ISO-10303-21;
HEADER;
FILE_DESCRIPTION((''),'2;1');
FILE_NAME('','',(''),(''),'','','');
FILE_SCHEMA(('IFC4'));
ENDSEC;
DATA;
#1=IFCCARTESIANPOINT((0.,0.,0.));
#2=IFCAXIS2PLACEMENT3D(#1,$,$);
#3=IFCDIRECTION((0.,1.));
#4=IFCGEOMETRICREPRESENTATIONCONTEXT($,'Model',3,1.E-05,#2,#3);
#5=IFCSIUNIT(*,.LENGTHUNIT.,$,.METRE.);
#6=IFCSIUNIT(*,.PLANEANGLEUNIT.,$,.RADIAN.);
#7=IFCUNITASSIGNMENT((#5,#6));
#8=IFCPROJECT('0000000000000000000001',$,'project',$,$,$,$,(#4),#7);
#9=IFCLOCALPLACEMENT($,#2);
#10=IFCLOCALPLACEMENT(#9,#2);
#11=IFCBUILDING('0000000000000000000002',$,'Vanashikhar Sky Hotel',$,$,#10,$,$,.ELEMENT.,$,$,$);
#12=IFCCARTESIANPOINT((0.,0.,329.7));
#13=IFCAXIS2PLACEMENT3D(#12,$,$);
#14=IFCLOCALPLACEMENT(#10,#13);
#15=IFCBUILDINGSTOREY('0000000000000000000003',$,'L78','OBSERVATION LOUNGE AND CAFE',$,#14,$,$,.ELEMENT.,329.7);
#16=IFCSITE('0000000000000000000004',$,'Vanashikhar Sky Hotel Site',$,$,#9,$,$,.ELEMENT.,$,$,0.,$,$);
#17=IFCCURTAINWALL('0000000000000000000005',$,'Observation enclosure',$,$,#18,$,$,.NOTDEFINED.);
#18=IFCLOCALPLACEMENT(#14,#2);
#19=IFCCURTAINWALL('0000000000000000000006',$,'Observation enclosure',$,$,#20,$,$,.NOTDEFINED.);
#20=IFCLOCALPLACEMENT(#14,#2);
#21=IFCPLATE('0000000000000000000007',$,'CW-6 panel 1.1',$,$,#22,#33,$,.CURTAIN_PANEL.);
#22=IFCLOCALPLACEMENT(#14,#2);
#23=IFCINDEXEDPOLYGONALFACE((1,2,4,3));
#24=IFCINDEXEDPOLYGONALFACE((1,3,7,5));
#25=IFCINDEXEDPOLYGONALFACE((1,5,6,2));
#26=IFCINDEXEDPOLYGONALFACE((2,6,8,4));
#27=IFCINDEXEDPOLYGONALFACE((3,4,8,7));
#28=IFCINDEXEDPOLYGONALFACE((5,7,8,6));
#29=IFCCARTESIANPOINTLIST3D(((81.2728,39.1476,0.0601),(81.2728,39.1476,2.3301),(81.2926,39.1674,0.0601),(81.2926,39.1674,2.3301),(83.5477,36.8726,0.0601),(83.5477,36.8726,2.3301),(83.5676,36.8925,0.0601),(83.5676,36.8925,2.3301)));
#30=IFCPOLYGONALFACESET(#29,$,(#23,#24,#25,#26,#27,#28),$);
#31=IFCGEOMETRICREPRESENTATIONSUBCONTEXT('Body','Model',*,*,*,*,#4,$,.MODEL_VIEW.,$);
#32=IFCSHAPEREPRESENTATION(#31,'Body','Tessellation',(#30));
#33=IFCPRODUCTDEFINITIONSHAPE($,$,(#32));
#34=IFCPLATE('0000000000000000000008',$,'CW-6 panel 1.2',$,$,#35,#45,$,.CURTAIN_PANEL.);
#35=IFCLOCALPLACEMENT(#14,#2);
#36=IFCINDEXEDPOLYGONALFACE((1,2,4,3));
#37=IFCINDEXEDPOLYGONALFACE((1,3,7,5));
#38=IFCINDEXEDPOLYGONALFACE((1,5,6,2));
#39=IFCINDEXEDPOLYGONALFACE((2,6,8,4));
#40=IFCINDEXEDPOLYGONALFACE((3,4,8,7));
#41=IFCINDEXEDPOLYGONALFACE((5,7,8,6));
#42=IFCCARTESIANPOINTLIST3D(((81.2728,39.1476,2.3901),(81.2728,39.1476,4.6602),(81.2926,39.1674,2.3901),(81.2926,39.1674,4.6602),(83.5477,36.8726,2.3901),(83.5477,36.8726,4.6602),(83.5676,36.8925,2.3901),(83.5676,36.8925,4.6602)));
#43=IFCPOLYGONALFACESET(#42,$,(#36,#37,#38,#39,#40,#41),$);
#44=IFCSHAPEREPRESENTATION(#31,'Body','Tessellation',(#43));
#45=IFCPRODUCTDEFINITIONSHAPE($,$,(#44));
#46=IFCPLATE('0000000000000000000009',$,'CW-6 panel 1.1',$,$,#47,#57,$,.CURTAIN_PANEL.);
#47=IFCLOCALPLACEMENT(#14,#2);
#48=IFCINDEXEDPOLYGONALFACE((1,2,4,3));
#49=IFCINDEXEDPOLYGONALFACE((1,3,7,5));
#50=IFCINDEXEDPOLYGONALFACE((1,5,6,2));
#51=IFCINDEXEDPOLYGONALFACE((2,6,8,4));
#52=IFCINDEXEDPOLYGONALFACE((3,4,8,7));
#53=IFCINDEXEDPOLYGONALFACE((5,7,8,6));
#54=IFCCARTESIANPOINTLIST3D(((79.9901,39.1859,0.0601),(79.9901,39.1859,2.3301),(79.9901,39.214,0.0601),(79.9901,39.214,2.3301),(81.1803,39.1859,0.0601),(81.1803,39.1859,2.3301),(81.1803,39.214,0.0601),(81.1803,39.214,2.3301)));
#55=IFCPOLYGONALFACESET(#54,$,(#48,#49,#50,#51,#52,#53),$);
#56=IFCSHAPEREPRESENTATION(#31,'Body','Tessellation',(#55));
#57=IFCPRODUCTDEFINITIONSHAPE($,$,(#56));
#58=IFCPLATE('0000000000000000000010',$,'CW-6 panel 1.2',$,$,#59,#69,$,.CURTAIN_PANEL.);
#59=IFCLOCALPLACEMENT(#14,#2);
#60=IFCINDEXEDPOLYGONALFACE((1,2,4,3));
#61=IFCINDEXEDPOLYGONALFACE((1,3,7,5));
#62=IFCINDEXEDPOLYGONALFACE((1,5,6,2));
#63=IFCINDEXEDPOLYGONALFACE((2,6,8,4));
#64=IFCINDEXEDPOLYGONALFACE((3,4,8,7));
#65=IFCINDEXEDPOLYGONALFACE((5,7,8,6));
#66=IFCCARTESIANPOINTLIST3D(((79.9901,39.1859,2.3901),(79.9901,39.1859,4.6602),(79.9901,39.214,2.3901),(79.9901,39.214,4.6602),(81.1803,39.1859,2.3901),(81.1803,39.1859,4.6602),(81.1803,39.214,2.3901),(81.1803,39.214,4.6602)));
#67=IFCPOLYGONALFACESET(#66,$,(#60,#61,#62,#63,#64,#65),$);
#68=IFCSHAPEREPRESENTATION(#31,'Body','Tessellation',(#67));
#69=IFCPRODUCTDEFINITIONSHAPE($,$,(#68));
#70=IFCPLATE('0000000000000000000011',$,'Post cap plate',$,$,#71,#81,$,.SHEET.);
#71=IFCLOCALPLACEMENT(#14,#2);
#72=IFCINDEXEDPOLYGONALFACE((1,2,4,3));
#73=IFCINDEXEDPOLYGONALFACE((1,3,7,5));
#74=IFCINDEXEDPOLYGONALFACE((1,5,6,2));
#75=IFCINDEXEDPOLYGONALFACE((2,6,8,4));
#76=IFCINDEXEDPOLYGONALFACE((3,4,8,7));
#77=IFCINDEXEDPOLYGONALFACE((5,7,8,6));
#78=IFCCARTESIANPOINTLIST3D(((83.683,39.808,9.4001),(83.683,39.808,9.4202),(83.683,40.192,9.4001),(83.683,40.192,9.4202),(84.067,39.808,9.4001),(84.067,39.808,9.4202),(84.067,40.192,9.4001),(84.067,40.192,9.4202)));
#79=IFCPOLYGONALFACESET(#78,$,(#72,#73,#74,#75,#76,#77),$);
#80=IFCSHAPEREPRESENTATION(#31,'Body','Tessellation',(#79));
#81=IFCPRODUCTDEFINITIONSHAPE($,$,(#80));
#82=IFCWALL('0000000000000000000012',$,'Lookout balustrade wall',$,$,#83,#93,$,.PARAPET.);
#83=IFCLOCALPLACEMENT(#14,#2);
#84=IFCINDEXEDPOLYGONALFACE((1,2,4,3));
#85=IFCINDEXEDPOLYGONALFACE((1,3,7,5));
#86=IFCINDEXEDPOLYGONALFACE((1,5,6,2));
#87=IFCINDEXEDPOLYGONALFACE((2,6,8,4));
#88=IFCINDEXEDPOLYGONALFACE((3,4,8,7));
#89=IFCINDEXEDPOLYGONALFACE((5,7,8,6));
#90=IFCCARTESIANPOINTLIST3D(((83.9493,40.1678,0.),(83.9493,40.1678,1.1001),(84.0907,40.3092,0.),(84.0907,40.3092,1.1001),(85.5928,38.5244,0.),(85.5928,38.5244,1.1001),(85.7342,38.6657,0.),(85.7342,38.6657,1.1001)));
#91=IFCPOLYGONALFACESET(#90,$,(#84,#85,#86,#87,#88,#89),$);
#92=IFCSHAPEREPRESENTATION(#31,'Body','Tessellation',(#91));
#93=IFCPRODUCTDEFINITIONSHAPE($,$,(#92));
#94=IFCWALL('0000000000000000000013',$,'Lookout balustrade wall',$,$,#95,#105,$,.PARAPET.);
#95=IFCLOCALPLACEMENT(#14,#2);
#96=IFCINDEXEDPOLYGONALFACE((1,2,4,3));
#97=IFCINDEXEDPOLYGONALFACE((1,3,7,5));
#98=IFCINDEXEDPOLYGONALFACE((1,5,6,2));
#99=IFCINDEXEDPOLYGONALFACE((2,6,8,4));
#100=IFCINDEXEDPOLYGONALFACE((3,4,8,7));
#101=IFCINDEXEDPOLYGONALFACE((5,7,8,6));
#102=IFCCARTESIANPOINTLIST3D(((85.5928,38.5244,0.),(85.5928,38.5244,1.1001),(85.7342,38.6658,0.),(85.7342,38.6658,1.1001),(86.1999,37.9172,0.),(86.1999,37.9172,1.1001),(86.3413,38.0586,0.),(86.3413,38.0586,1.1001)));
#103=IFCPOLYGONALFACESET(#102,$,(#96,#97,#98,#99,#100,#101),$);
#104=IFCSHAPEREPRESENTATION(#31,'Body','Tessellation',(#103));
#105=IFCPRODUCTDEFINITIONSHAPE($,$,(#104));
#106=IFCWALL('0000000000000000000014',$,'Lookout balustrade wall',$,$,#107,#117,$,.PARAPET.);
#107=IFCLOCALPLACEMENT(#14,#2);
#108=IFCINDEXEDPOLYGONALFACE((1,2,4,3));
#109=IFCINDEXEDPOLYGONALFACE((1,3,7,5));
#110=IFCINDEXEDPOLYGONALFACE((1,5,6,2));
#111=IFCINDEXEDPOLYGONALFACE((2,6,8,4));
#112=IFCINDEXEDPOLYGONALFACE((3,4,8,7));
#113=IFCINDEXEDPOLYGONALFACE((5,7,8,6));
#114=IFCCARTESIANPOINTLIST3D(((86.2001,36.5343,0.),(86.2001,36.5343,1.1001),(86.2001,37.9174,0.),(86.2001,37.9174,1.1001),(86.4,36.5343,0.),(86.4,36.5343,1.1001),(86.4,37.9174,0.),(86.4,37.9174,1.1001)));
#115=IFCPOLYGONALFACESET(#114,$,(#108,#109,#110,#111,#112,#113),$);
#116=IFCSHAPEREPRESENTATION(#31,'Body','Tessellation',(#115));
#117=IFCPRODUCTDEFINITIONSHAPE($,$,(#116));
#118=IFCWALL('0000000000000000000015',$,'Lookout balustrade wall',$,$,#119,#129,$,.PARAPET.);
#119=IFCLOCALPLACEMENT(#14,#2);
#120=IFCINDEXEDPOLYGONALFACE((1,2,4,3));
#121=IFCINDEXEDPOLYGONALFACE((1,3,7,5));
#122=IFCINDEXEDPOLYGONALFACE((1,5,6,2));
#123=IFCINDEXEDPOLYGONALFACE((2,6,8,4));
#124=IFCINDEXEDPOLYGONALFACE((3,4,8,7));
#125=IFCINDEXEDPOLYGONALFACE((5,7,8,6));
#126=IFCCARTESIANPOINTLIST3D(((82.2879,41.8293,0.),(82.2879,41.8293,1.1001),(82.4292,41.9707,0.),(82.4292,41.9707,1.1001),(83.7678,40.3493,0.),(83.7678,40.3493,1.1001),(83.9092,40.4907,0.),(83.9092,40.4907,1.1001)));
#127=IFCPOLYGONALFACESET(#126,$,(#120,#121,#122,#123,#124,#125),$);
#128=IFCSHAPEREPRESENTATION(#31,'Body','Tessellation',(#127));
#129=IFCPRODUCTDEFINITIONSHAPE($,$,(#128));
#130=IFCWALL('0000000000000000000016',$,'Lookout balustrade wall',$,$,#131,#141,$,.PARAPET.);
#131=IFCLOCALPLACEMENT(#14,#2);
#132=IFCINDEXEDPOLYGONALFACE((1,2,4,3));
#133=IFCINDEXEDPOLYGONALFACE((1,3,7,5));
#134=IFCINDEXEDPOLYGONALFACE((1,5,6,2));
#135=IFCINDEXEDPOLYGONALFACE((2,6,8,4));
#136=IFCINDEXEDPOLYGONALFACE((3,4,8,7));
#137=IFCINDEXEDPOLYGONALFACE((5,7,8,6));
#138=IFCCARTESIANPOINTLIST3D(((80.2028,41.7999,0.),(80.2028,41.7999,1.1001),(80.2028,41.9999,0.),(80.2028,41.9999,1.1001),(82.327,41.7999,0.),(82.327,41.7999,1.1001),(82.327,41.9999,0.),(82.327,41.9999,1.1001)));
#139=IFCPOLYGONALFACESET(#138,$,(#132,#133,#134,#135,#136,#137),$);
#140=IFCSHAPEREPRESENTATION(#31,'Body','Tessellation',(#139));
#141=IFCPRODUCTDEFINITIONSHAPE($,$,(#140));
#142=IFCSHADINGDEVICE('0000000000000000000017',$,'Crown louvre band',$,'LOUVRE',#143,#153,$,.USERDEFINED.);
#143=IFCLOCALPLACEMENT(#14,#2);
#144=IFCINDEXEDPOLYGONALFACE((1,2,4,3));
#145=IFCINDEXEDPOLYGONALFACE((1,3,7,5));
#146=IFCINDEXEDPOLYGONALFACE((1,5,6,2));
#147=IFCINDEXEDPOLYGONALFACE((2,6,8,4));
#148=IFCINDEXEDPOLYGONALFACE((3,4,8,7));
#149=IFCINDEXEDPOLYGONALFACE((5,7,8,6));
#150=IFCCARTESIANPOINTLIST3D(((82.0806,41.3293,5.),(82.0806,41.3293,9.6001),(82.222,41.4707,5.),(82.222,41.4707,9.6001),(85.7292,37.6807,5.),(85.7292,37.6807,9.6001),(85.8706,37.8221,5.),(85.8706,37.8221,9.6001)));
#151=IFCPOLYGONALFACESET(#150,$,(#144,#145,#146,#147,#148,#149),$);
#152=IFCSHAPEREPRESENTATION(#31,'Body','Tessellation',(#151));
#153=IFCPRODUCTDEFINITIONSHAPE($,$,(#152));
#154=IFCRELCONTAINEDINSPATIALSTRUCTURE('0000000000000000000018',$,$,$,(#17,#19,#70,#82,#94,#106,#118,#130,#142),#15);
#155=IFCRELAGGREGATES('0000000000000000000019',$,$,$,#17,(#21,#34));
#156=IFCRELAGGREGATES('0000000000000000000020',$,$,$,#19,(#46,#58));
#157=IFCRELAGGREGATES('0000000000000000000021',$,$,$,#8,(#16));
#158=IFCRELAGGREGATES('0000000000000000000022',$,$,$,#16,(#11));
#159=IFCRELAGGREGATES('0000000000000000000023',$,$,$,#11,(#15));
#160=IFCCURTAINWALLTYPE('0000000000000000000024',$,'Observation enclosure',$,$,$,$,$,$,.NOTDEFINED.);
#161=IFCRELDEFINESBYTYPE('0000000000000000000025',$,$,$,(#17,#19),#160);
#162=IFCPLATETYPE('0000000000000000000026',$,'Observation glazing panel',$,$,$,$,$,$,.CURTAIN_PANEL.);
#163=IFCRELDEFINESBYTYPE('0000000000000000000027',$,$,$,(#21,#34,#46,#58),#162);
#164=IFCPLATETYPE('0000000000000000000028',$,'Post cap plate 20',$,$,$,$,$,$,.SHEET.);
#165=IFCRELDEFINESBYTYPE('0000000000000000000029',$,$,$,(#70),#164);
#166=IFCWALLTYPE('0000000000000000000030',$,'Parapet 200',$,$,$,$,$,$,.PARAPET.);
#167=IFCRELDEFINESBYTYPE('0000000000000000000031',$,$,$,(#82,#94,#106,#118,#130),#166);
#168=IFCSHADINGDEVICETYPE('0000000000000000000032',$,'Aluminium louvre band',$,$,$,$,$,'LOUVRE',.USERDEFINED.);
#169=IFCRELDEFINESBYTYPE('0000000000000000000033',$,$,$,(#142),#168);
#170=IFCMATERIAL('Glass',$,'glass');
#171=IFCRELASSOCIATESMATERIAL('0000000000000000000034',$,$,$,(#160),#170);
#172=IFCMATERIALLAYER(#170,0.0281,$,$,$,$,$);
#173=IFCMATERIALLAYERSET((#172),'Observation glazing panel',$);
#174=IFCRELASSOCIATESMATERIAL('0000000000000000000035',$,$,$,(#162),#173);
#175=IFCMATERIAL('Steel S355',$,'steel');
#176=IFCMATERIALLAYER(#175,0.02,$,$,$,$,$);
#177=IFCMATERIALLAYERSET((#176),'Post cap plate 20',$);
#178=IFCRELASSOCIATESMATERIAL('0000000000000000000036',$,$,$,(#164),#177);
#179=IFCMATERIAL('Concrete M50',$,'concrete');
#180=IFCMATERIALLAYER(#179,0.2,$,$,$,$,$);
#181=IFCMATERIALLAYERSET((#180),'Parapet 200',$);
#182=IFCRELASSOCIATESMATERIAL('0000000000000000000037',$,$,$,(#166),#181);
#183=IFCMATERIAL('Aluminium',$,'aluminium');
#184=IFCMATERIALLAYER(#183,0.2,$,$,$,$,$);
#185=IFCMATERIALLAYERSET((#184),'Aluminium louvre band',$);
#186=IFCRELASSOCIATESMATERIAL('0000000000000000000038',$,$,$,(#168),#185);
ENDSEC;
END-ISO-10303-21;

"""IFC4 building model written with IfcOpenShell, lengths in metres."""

from ifc_helpers import new_model, si_unit, direction, frame, frame_2d, origin, origin_2d, place, context, subcontext, project, spatial, rectangle, extrude, source, transform, mapped, material, layer, layer_set, type_object, element, aggregate, save


model = new_model("IFC4")

# Units and contexts
model_context = context("Model", 3, precision=1e-05, world=origin(), true_north=direction((0.0, 1.0)))
body_context = subcontext(model_context, "Body", "Model", "MODEL_VIEW")
ifc_project = project(units=[si_unit("LENGTHUNIT", "METRE"), si_unit("PLANEANGLEUNIT", "RADIAN")], contexts=[model_context])

# Site, building, storey
site_placement = place(None, origin())
site = spatial("IfcSite", under=ifc_project, at=site_placement, Name="Vanashikhar Sky Hotel Site", CompositionType="ELEMENT", RefElevation=0.0)
building_placement = place(site_placement, origin())
building = spatial("IfcBuilding", under=site, at=building_placement, Name="Vanashikhar Sky Hotel", CompositionType="ELEMENT")
storey_placement = place(building_placement, frame((0.0, 0.0, 329.7)))
storey = spatial("IfcBuildingStorey", under=building, at=storey_placement, Name="L78", Description="OBSERVATION LOUNGE AND CAFE", CompositionType="ELEMENT", Elevation=329.7)

# Shared definitions
ifc_material_1 = material(Name="Steel S355", Category="steel")

# Curtain walls
ifc_material_2 = material(Name="Glass", Category="glass")
curtain_wall_type = type_object("IfcCurtainWallType", Name="Observation enclosure", PredefinedType="NOTDEFINED", material=ifc_material_2)
curtain_wall_1_placement = place(storey_placement, origin())
curtain_wall_1 = element("IfcCurtainWall", 1, at=curtain_wall_1_placement, inside=storey, type_object=curtain_wall_type, Name="Observation enclosure", PredefinedType="NOTDEFINED")
curtain_wall_2_placement = place(storey_placement, origin())
curtain_wall_2 = element("IfcCurtainWall", 2, at=curtain_wall_2_placement, inside=storey, type_object=curtain_wall_type, Name="Observation enclosure", PredefinedType="NOTDEFINED")

# Plates
ifc_layer_1 = layer(ifc_material_2, 0.0281)
ifc_layer_set_1 = layer_set([ifc_layer_1], Name="Observation glazing panel")
plate_type_1 = type_object("IfcPlateType", Name="Observation glazing panel", PredefinedType="CURTAIN_PANEL", material=ifc_layer_set_1)
shared_shape_1 = source(origin(), body_context, "Body", "SweptSolid", [
    extrude(rectangle(XDim=3.2173, YDim=0.0281, at=origin_2d()), origin(), (0.0, 0.0, 1.0), 2.27),
])
plate_1_placement = place(storey_placement, frame((82.4202, 38.02, 0.0601), z_axis=(0.0, 0.0, 1.0), x_axis=(-0.707107, 0.707107, 0.0)))
plate_1 = element("IfcPlate", 3, at=plate_1_placement, type_object=plate_type_1, Name="CW-6 panel 1.1", PredefinedType="CURTAIN_PANEL", context=body_context, shape_type="MappedRepresentation", body=[
    mapped(shared_shape_1, transform((0.0, 0.0, 0.0), scale=1.0)),
])
plate_2_placement = place(storey_placement, frame((82.4202, 38.02, 2.3901), z_axis=(0.0, 0.0, 1.0), x_axis=(-0.707107, 0.707107, 0.0)))
plate_2 = element("IfcPlate", 4, at=plate_2_placement, type_object=plate_type_1, Name="CW-6 panel 1.2", PredefinedType="CURTAIN_PANEL", context=body_context, shape_type="MappedRepresentation", body=[
    mapped(shared_shape_1, transform((0.0, 0.0, 0.0), scale=1.0)),
])
aggregate(curtain_wall_1, [plate_1, plate_2])
shared_shape_2 = source(origin(), body_context, "Body", "SweptSolid", [
    extrude(rectangle(XDim=1.1902, YDim=0.0281, at=origin_2d()), origin(), (0.0, 0.0, 1.0), 2.27),
])
plate_3_placement = place(storey_placement, frame((80.5852, 39.2, 0.0601), z_axis=(0.0, 0.0, 1.0), x_axis=(-1.0, 0.0, 0.0)))
plate_3 = element("IfcPlate", 5, at=plate_3_placement, type_object=plate_type_1, Name="CW-6 panel 1.1", PredefinedType="CURTAIN_PANEL", context=body_context, shape_type="MappedRepresentation", body=[
    mapped(shared_shape_2, transform((0.0, 0.0, 0.0), scale=1.0)),
])
plate_4_placement = place(storey_placement, frame((80.5852, 39.2, 2.3901), z_axis=(0.0, 0.0, 1.0), x_axis=(-1.0, 0.0, 0.0)))
plate_4 = element("IfcPlate", 6, at=plate_4_placement, type_object=plate_type_1, Name="CW-6 panel 1.2", PredefinedType="CURTAIN_PANEL", context=body_context, shape_type="MappedRepresentation", body=[
    mapped(shared_shape_2, transform((0.0, 0.0, 0.0), scale=1.0)),
])
aggregate(curtain_wall_2, [plate_3, plate_4])
ifc_layer_2 = layer(ifc_material_1, 0.02)
ifc_layer_set_2 = layer_set([ifc_layer_2], Name="Post cap plate 20")
plate_type_2 = type_object("IfcPlateType", Name="Post cap plate 20", PredefinedType="SHEET", material=ifc_layer_set_2)
shared_shape_3 = source(origin(), body_context, "Body", "SweptSolid", [
    extrude(rectangle(XDim=0.384, YDim=0.384, at=origin_2d()), origin(), (0.0, 0.0, 1.0), 0.02),
])
plate_5_placement = place(storey_placement, frame((83.875, 40.0, 9.4001), z_axis=(0.0, 0.0, 1.0), x_axis=(1.0, 0.0, 0.0)))
element("IfcPlate", 7, at=plate_5_placement, inside=storey, type_object=plate_type_2, Name="Post cap plate", PredefinedType="SHEET", context=body_context, shape_type="MappedRepresentation", body=[
    mapped(shared_shape_3, transform((0.0, 0.0, 0.0), scale=1.0)),
])

# Walls
ifc_material_3 = material(Name="Concrete M50", Category="concrete")
ifc_layer_3 = layer(ifc_material_3, 0.2)
ifc_layer_set_3 = layer_set([ifc_layer_3], Name="Parapet 200")
wall_type = type_object("IfcWallType", Name="Parapet 200", PredefinedType="PARAPET", material=ifc_layer_set_3)
shared_shape_4 = source(origin(), body_context, "Body", "SweptSolid", [
    extrude(rectangle(XDim=2.3242, YDim=0.2, at=frame_2d((1.1621, 0.0))), origin(), (0.0, 0.0, 1.0), 1.1001),
])
wall_1_placement = place(storey_placement, frame((84.02, 40.2385, 0.0), z_axis=(0.0, 0.0, 1.0), x_axis=(0.707107, -0.707107, 0.0)))
element("IfcWall", 8, at=wall_1_placement, inside=storey, type_object=wall_type, Name="Lookout balustrade wall", PredefinedType="PARAPET", context=body_context, shape_type="MappedRepresentation", body=[
    mapped(shared_shape_4, transform((0.0, 0.0, 0.0), scale=1.0)),
])
shared_shape_5 = source(origin(), body_context, "Body", "SweptSolid", [
    extrude(rectangle(XDim=0.8586, YDim=0.2, at=frame_2d((0.4292, 0.0))), origin(), (0.0, 0.0, 1.0), 1.1001),
])
wall_2_placement = place(storey_placement, frame((85.6636, 38.595, 0.0), z_axis=(0.0, 0.0, 1.0), x_axis=(0.707107, -0.707107, 0.0)))
element("IfcWall", 9, at=wall_2_placement, inside=storey, type_object=wall_type, Name="Lookout balustrade wall", PredefinedType="PARAPET", context=body_context, shape_type="MappedRepresentation", body=[
    mapped(shared_shape_5, transform((0.0, 0.0, 0.0), scale=1.0)),
])
shared_shape_6 = source(origin(), body_context, "Body", "SweptSolid", [
    extrude(rectangle(XDim=1.3831, YDim=0.2, at=frame_2d((0.6914, 0.0))), origin(), (0.0, 0.0, 1.0), 1.1001),
])
wall_3_placement = place(storey_placement, frame((86.3, 37.9172, 0.0), z_axis=(0.0, 0.0, 1.0), x_axis=(0.0, -1.0, 0.0)))
element("IfcWall", 10, at=wall_3_placement, inside=storey, type_object=wall_type, Name="Lookout balustrade wall", PredefinedType="PARAPET", context=body_context, shape_type="MappedRepresentation", body=[
    mapped(shared_shape_6, transform((0.0, 0.0, 0.0), scale=1.0)),
])
shared_shape_7 = source(origin(), body_context, "Body", "SweptSolid", [
    extrude(rectangle(XDim=2.093, YDim=0.2, at=frame_2d((1.0464, 0.0))), origin(), (0.0, 0.0, 1.0), 1.1001),
])
wall_4_placement = place(storey_placement, frame((82.3586, 41.8999, 0.0), z_axis=(0.0, 0.0, 1.0), x_axis=(0.707107, -0.707107, 0.0)))
element("IfcWall", 11, at=wall_4_placement, inside=storey, type_object=wall_type, Name="Lookout balustrade wall", PredefinedType="PARAPET", context=body_context, shape_type="MappedRepresentation", body=[
    mapped(shared_shape_7, transform((0.0, 0.0, 0.0), scale=1.0)),
])
shared_shape_8 = source(origin(), body_context, "Body", "SweptSolid", [
    extrude(rectangle(XDim=2.1243, YDim=0.2, at=frame_2d((1.062, 0.0))), origin(), (0.0, 0.0, 1.0), 1.1001),
])
wall_5_placement = place(storey_placement, frame((80.2029, 41.8999, 0.0), z_axis=(0.0, 0.0, 1.0), x_axis=(1.0, 0.0, 0.0)))
element("IfcWall", 12, at=wall_5_placement, inside=storey, type_object=wall_type, Name="Lookout balustrade wall", PredefinedType="PARAPET", context=body_context, shape_type="MappedRepresentation", body=[
    mapped(shared_shape_8, transform((0.0, 0.0, 0.0), scale=1.0)),
])

# Shading device
ifc_material_4 = material(Name="Aluminium", Category="aluminium")
ifc_layer_4 = layer(ifc_material_4, 0.2)
ifc_layer_set_4 = layer_set([ifc_layer_4], Name="Aluminium louvre band")
shading_device_type = type_object("IfcShadingDeviceType", Name="Aluminium louvre band", ElementType="LOUVRE", PredefinedType="USERDEFINED", material=ifc_layer_set_4)
shared_shape_9 = source(origin(), body_context, "Body", "SweptSolid", [
    extrude(rectangle(XDim=5.1599, YDim=0.2, at=origin_2d()), origin(), (0.0, 0.0, 1.0), 4.6001),
])
shading_device_placement = place(storey_placement, frame((83.9756, 39.5757, 5.0), z_axis=(0.0, 0.0, 1.0), x_axis=(0.707107, -0.707107, 0.0)))
element("IfcShadingDevice", 13, at=shading_device_placement, inside=storey, type_object=shading_device_type, Name="Crown louvre band", ObjectType="LOUVRE", PredefinedType="USERDEFINED", context=body_context, shape_type="MappedRepresentation", body=[
    mapped(shared_shape_9, transform((0.0, 0.0, 0.0), scale=1.0)),
])

save(model, "model.ifc")
